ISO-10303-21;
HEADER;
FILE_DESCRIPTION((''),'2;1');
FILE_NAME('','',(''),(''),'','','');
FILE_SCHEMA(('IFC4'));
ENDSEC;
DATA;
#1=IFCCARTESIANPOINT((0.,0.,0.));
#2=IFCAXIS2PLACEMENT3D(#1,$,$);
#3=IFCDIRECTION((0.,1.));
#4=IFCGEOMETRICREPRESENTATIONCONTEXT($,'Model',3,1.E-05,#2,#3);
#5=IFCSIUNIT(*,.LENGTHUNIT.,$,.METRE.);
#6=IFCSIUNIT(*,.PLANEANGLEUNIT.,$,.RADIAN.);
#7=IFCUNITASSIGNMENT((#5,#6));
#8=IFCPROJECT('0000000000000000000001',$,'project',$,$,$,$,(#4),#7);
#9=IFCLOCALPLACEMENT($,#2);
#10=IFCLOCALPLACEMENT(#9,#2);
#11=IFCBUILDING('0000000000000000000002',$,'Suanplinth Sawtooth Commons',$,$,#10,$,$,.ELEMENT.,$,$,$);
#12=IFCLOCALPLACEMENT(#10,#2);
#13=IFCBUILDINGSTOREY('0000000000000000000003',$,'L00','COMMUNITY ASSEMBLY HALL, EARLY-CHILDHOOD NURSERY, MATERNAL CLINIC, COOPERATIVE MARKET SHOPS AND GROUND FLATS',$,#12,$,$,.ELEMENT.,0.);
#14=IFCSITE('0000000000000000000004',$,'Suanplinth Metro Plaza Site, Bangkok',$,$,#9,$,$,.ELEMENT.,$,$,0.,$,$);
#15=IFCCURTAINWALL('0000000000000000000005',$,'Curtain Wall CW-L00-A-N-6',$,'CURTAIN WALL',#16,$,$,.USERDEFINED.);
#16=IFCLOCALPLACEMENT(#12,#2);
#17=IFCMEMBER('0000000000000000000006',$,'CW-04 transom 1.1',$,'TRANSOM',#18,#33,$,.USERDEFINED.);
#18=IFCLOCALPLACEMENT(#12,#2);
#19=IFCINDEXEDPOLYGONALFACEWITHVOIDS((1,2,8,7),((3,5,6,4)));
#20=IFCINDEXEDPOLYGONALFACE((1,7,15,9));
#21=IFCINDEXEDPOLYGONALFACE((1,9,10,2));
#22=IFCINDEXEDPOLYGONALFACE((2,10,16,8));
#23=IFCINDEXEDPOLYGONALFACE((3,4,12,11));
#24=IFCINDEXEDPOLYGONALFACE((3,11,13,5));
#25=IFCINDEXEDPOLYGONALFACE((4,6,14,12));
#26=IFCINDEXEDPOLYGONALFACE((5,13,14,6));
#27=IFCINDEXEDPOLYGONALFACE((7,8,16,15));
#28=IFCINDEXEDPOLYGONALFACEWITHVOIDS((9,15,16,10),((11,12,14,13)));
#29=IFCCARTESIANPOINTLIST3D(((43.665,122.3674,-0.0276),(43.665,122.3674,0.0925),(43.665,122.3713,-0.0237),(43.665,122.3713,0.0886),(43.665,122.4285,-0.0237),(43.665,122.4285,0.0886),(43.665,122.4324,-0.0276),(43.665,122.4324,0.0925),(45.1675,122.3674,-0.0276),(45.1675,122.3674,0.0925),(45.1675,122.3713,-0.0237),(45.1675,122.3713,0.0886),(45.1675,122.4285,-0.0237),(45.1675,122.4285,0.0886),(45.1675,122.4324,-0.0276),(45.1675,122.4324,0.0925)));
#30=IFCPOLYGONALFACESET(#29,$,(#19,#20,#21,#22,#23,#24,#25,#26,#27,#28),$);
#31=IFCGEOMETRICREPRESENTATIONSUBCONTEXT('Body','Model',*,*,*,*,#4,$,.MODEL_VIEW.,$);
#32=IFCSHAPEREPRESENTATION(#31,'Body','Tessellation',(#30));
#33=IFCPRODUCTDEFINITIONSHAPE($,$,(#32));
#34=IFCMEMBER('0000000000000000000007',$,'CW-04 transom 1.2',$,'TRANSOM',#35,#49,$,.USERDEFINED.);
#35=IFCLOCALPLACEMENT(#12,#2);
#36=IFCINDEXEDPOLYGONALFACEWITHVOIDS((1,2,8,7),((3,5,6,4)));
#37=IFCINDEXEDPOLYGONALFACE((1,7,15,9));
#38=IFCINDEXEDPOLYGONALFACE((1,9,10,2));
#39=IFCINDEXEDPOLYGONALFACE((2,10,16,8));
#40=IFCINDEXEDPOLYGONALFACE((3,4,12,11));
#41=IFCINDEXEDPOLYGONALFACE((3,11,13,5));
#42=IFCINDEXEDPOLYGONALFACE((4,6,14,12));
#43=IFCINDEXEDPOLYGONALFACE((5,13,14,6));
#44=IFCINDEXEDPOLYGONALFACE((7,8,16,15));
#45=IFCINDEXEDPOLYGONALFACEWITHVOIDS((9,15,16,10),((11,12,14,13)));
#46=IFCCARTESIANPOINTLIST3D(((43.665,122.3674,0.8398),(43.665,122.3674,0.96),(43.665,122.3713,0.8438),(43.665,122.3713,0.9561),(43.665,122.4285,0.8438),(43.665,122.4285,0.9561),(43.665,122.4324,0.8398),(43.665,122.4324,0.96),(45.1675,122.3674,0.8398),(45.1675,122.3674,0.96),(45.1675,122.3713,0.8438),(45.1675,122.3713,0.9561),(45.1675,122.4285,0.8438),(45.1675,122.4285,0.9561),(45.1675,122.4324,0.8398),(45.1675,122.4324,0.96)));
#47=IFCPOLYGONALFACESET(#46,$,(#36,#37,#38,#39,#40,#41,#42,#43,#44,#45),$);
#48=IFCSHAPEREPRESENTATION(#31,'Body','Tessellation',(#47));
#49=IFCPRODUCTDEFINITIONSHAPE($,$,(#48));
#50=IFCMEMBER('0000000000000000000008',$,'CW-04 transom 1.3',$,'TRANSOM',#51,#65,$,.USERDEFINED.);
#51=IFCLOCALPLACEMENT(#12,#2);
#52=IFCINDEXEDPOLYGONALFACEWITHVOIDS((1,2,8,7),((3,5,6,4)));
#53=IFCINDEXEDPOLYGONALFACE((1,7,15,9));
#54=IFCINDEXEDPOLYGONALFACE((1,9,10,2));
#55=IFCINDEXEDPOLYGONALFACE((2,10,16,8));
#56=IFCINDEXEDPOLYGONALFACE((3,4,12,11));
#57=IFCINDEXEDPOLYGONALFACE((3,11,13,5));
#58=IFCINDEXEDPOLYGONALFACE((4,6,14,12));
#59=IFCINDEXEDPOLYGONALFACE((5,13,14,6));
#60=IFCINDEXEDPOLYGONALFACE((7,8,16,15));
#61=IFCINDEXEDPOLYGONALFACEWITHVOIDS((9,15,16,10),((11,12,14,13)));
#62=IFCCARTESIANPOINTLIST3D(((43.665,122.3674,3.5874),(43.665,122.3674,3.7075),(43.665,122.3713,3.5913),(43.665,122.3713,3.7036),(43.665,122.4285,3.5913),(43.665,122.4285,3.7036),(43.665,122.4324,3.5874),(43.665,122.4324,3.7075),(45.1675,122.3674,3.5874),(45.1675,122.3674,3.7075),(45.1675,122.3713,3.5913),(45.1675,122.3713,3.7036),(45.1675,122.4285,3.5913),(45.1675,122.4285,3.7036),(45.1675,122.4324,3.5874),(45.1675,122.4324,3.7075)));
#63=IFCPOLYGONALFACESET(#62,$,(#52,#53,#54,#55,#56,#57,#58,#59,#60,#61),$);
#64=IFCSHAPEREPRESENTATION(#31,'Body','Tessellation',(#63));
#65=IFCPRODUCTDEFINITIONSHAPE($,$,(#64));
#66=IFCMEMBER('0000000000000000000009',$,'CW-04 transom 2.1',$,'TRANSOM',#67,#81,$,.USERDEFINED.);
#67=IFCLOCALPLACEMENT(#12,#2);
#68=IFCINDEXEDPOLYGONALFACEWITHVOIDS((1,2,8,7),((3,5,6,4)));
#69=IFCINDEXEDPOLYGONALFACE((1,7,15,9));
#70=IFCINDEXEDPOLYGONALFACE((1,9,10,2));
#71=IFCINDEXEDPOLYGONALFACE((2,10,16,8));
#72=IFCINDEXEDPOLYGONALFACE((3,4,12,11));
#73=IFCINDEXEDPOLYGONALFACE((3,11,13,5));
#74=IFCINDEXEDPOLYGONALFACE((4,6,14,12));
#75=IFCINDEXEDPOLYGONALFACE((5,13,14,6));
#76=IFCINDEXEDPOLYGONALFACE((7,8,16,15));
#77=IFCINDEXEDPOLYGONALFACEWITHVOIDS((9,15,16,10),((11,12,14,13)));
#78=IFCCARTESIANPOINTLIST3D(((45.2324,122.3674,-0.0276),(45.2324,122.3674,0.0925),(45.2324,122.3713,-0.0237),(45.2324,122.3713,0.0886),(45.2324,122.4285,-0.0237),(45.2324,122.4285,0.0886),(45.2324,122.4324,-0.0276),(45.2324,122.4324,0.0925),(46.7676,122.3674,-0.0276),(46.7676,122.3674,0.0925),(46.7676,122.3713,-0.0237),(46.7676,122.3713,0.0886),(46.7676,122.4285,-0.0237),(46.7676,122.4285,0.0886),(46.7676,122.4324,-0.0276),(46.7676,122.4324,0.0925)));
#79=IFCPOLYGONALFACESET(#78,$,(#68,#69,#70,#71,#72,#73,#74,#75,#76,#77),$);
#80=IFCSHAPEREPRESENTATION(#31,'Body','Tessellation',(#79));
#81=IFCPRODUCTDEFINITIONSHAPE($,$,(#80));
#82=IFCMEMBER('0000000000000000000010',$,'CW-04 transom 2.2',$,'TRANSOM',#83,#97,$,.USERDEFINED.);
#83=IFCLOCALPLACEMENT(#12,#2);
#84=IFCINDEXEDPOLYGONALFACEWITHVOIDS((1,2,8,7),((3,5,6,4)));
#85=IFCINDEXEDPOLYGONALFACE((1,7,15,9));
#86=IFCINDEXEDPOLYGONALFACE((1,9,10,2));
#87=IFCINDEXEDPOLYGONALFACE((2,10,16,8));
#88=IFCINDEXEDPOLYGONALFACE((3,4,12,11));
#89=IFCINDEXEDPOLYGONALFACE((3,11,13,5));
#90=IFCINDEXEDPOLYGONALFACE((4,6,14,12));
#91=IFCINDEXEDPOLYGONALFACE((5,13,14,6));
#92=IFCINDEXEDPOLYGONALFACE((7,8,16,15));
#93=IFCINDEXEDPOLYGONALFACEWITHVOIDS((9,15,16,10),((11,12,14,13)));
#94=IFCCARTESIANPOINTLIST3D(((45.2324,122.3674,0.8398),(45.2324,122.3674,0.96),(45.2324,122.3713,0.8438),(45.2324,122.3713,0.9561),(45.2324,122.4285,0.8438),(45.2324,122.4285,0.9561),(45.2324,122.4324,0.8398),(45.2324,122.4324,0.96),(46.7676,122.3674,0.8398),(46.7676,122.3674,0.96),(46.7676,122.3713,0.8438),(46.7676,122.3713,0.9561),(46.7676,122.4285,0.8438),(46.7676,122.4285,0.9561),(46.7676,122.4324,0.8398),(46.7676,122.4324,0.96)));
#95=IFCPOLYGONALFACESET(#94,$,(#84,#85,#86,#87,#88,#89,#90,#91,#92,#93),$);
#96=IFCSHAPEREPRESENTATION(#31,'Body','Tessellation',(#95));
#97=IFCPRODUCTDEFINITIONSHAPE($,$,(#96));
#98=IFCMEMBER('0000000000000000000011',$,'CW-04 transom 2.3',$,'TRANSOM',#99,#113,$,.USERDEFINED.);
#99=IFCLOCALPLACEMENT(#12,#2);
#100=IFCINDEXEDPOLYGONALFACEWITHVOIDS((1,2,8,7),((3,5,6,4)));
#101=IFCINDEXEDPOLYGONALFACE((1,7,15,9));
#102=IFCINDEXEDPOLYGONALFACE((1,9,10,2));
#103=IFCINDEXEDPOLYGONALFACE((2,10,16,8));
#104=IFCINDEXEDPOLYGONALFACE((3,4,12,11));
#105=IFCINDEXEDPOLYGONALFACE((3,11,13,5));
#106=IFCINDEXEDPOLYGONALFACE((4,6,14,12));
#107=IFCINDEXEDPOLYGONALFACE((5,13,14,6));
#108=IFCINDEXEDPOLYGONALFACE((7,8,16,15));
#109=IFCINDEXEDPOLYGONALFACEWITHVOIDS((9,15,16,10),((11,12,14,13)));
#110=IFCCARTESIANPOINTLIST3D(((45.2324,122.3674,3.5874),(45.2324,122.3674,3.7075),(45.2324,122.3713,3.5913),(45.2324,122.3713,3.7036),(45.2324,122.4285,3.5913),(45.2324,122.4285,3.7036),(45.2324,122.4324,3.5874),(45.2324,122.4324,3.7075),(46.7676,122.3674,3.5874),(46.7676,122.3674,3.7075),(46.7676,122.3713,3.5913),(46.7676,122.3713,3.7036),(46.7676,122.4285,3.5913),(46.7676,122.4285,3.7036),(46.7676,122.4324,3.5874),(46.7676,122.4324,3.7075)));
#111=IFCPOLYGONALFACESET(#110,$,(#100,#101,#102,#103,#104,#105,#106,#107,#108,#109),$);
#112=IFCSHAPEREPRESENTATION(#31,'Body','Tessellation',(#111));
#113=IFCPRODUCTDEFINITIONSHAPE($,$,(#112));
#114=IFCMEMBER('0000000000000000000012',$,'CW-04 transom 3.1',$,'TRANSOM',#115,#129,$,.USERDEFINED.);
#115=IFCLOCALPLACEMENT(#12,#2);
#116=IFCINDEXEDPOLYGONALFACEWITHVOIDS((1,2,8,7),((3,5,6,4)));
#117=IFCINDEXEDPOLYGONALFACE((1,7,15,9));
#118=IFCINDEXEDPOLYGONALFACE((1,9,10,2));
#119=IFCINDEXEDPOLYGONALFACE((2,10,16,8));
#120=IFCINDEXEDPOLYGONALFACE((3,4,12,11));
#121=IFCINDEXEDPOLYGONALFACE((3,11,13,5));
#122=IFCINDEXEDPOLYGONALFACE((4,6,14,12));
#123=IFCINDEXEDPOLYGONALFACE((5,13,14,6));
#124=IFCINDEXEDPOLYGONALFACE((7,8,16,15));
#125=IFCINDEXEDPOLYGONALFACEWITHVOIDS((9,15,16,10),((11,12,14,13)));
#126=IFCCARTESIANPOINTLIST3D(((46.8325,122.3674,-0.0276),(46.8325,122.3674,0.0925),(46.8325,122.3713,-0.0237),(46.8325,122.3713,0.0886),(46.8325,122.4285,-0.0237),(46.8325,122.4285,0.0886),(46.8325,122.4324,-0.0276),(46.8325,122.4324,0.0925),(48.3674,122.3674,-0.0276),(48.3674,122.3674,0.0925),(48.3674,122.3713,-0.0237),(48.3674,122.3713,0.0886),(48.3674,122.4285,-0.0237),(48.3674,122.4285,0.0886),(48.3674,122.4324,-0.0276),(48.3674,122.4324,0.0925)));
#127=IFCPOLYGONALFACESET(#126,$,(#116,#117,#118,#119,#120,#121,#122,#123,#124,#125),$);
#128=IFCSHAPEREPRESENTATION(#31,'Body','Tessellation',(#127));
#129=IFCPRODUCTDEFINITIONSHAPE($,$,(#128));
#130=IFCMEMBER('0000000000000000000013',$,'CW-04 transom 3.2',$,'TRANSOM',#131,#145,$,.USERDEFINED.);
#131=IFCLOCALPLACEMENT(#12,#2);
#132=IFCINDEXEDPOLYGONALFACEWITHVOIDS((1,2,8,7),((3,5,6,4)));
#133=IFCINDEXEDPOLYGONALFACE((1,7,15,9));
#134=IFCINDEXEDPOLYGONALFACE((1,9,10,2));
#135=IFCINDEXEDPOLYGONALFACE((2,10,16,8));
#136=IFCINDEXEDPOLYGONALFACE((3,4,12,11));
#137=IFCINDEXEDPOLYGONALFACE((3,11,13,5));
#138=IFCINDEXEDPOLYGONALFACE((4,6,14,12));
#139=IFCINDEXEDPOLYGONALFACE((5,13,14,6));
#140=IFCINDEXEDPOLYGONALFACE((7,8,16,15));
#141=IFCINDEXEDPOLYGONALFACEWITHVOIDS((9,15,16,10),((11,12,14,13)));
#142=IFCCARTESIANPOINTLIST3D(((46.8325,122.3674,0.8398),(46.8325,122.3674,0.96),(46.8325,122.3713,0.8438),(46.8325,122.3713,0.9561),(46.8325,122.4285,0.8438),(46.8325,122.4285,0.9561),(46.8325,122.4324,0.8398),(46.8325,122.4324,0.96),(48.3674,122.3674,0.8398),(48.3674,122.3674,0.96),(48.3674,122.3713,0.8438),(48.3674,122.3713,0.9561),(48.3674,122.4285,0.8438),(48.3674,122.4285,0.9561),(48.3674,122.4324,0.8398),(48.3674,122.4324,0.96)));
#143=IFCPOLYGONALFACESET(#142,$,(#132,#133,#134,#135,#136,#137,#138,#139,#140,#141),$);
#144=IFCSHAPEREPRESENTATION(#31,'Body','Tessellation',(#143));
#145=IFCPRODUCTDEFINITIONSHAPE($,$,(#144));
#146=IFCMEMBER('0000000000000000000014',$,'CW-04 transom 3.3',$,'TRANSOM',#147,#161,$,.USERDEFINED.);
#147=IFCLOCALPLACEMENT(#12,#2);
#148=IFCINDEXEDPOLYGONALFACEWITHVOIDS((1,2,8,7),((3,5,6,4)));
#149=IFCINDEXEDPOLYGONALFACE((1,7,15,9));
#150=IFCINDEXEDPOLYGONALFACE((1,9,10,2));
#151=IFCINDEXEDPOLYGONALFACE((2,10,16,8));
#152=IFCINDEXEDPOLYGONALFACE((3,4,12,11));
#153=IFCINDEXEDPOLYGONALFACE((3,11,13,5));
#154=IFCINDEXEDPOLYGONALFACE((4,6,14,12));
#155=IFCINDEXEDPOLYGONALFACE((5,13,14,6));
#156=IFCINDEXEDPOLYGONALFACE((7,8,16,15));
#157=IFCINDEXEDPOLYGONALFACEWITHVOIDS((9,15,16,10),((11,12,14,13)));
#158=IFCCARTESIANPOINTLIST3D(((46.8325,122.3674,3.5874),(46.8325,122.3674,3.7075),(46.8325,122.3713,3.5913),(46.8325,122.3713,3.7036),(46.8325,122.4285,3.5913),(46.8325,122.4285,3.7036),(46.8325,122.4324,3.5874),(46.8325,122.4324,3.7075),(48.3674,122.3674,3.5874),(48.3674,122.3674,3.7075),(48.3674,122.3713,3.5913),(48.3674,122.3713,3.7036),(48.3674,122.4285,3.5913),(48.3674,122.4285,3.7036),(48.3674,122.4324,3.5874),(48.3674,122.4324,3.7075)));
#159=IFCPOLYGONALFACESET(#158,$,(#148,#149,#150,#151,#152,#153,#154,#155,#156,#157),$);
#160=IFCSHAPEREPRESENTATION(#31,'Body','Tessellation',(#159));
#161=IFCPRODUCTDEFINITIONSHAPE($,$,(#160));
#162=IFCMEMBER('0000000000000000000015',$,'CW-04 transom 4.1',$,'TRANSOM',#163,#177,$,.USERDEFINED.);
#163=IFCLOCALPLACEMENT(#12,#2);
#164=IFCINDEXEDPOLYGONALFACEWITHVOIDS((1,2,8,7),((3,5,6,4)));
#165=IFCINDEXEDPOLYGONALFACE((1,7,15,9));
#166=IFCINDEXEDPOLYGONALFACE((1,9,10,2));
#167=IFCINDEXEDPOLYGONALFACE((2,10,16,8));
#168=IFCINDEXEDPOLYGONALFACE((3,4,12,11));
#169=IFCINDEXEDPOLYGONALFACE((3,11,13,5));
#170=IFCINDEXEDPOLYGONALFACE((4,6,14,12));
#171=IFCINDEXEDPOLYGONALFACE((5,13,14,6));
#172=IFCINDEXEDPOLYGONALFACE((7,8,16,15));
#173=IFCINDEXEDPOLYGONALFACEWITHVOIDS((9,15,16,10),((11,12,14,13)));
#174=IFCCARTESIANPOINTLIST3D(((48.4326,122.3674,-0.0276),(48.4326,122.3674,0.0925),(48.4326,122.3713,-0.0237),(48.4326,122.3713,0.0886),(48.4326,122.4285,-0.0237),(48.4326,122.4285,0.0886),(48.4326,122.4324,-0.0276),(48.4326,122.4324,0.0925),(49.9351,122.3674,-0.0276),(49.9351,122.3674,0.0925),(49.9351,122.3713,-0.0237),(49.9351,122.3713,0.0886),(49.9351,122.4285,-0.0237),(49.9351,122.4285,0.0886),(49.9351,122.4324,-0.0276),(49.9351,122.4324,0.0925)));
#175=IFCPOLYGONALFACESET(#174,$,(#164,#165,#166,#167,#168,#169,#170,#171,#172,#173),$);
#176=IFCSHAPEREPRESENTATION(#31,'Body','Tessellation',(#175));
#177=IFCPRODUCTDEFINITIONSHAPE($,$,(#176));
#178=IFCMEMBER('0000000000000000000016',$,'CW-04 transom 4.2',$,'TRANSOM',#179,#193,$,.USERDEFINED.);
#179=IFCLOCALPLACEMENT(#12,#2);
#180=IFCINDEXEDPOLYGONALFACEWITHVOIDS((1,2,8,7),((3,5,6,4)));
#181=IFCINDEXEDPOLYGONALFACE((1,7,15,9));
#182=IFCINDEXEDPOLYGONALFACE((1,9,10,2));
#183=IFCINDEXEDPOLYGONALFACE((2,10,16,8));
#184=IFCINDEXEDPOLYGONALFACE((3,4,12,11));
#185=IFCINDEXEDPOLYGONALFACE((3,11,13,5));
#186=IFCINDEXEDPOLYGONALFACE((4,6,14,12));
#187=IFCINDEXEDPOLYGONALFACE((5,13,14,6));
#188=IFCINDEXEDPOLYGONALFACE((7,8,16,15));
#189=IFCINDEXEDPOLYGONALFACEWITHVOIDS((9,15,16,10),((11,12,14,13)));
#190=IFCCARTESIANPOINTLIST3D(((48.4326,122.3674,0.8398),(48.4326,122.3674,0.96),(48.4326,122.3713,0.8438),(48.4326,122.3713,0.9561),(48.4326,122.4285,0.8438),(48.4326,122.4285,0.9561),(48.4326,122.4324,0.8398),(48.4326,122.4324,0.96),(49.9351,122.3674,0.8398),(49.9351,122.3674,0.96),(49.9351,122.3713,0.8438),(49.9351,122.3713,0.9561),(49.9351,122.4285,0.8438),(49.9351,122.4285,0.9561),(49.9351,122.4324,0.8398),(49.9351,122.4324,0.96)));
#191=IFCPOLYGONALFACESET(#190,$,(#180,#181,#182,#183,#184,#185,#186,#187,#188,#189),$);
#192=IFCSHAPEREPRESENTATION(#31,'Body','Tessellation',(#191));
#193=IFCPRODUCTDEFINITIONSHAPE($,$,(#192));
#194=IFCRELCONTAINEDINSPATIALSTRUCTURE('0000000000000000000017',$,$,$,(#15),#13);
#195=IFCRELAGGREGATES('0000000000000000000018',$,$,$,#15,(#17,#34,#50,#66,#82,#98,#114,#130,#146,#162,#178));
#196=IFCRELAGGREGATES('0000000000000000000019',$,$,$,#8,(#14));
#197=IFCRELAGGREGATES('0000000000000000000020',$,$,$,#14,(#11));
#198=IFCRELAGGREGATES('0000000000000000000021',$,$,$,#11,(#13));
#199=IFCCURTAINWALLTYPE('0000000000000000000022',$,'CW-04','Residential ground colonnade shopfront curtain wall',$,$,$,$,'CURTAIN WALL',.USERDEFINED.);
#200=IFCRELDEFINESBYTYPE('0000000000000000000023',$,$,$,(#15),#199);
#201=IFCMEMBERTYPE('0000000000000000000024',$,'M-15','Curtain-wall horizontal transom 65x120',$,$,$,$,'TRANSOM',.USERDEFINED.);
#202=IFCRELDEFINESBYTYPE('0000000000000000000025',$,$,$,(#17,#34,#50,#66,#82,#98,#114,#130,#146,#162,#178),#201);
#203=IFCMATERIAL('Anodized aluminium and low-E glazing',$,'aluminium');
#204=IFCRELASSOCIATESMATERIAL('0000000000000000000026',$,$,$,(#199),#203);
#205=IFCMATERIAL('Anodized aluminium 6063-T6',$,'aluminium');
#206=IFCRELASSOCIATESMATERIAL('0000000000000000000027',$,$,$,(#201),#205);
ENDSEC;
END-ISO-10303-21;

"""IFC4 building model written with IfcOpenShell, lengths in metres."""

from ifc_helpers import new_model, si_unit, direction, frame, origin, origin_2d, place, context, subcontext, project, spatial, hollow_rectangle, extrude, material, material_profile, profile_set, type_object, element, aggregate, save


model = new_model("IFC4")

# Units and contexts
model_context = context("Model", 3, precision=1e-05, world=origin(), true_north=direction((0.0, 1.0)))
body_context = subcontext(model_context, "Body", "Model", "MODEL_VIEW")
ifc_project = project(units=[si_unit("LENGTHUNIT", "METRE"), si_unit("PLANEANGLEUNIT", "RADIAN")], contexts=[model_context])

# Site, building, storey
site_placement = place(None, origin())
site = spatial("IfcSite", under=ifc_project, at=site_placement, Name="Suanplinth Metro Plaza Site, Bangkok", CompositionType="ELEMENT", RefElevation=0.0)
building_placement = place(site_placement, origin())
building = spatial("IfcBuilding", under=site, at=building_placement, Name="Suanplinth Sawtooth Commons", CompositionType="ELEMENT")
storey_placement = place(building_placement, origin())
storey = spatial("IfcBuildingStorey", under=building, at=storey_placement, Name="L00", Description="COMMUNITY ASSEMBLY HALL, EARLY-CHILDHOOD NURSERY, MATERNAL CLINIC, COOPERATIVE MARKET SHOPS AND GROUND FLATS", CompositionType="ELEMENT", Elevation=0.0)

# Curtain wall, members
ifc_material_1 = material(Name="Anodized aluminium and low-E glazing", Category="aluminium")
curtain_wall_type = type_object("IfcCurtainWallType", Name="CW-04", Description="Residential ground colonnade shopfront curtain wall", ElementType="CURTAIN WALL", PredefinedType="USERDEFINED", material=ifc_material_1)
curtain_wall_placement = place(storey_placement, origin())
curtain_wall = element("IfcCurtainWall", 1, at=curtain_wall_placement, inside=storey, type_object=curtain_wall_type, Name="Curtain Wall CW-L00-A-N-6", ObjectType="CURTAIN WALL", PredefinedType="USERDEFINED")
ifc_material_2 = material(Name="Anodized aluminium 6063-T6", Category="aluminium")
ifc_material_profile_1 = material_profile(ifc_material_2, hollow_rectangle(XDim=0.0649, YDim=0.1201, WallThickness=0.0039, at=origin_2d()), Name="ALU-TRN 65x120")
ifc_profile_set_1 = profile_set([ifc_material_profile_1], Name="Anodized aluminium 6063-T6")
member_type_1 = type_object("IfcMemberType", Name="M-15", Description="Curtain-wall horizontal transom 65x120", ElementType="TRANSOM", PredefinedType="USERDEFINED", material=ifc_profile_set_1)
member_1_placement = place(storey_placement, frame((43.665, 122.3999, 0.0325), z_axis=(1.0, 0.0, 0.0), x_axis=(0.0, 1.0, 0.0)))
member_1 = element("IfcMember", 2, at=member_1_placement, type_object=member_type_1, Name="CW-04 transom 1.1", ObjectType="TRANSOM", PredefinedType="USERDEFINED", context=body_context, shape_type="SweptSolid", body=[
    extrude(hollow_rectangle(XDim=0.0649, YDim=0.1201, WallThickness=0.0039, at=origin_2d()), origin(), (0.0, 0.0, 1.0), 1.5024),
])
member_2_placement = place(storey_placement, frame((43.665, 122.3999, 0.8999), z_axis=(1.0, 0.0, 0.0), x_axis=(0.0, 1.0, 0.0)))
member_2 = element("IfcMember", 3, at=member_2_placement, type_object=member_type_1, Name="CW-04 transom 1.2", ObjectType="TRANSOM", PredefinedType="USERDEFINED", context=body_context, shape_type="SweptSolid", body=[
    extrude(hollow_rectangle(XDim=0.0649, YDim=0.1201, WallThickness=0.0039, at=origin_2d()), origin(), (0.0, 0.0, 1.0), 1.5024),
])
member_3_placement = place(storey_placement, frame((43.665, 122.3999, 3.6475), z_axis=(1.0, 0.0, 0.0), x_axis=(0.0, 1.0, 0.0)))
member_3 = element("IfcMember", 4, at=member_3_placement, type_object=member_type_1, Name="CW-04 transom 1.3", ObjectType="TRANSOM", PredefinedType="USERDEFINED", context=body_context, shape_type="SweptSolid", body=[
    extrude(hollow_rectangle(XDim=0.0649, YDim=0.1201, WallThickness=0.0039, at=origin_2d()), origin(), (0.0, 0.0, 1.0), 1.5024),
])
member_4_placement = place(storey_placement, frame((45.2324, 122.3999, 0.0325), z_axis=(1.0, 0.0, 0.0), x_axis=(0.0, 1.0, 0.0)))
member_4 = element("IfcMember", 5, at=member_4_placement, type_object=member_type_1, Name="CW-04 transom 2.1", ObjectType="TRANSOM", PredefinedType="USERDEFINED", context=body_context, shape_type="SweptSolid", body=[
    extrude(hollow_rectangle(XDim=0.0649, YDim=0.1201, WallThickness=0.0039, at=origin_2d()), origin(), (0.0, 0.0, 1.0), 1.5352),
])
member_5_placement = place(storey_placement, frame((45.2324, 122.3999, 0.8999), z_axis=(1.0, 0.0, 0.0), x_axis=(0.0, 1.0, 0.0)))
member_5 = element("IfcMember", 6, at=member_5_placement, type_object=member_type_1, Name="CW-04 transom 2.2", ObjectType="TRANSOM", PredefinedType="USERDEFINED", context=body_context, shape_type="SweptSolid", body=[
    extrude(hollow_rectangle(XDim=0.0649, YDim=0.1201, WallThickness=0.0039, at=origin_2d()), origin(), (0.0, 0.0, 1.0), 1.5352),
])
member_6_placement = place(storey_placement, frame((45.2324, 122.3999, 3.6475), z_axis=(1.0, 0.0, 0.0), x_axis=(0.0, 1.0, 0.0)))
member_6 = element("IfcMember", 7, at=member_6_placement, type_object=member_type_1, Name="CW-04 transom 2.3", ObjectType="TRANSOM", PredefinedType="USERDEFINED", context=body_context, shape_type="SweptSolid", body=[
    extrude(hollow_rectangle(XDim=0.0649, YDim=0.1201, WallThickness=0.0039, at=origin_2d()), origin(), (0.0, 0.0, 1.0), 1.5352),
])
member_7_placement = place(storey_placement, frame((46.8325, 122.3999, 0.0325), z_axis=(1.0, 0.0, 0.0), x_axis=(0.0, 1.0, 0.0)))
member_7 = element("IfcMember", 8, at=member_7_placement, type_object=member_type_1, Name="CW-04 transom 3.1", ObjectType="TRANSOM", PredefinedType="USERDEFINED", context=body_context, shape_type="SweptSolid", body=[
    extrude(hollow_rectangle(XDim=0.0649, YDim=0.1201, WallThickness=0.0039, at=origin_2d()), origin(), (0.0, 0.0, 1.0), 1.5349),
])
member_8_placement = place(storey_placement, frame((46.8325, 122.3999, 0.8999), z_axis=(1.0, 0.0, 0.0), x_axis=(0.0, 1.0, 0.0)))
member_8 = element("IfcMember", 9, at=member_8_placement, type_object=member_type_1, Name="CW-04 transom 3.2", ObjectType="TRANSOM", PredefinedType="USERDEFINED", context=body_context, shape_type="SweptSolid", body=[
    extrude(hollow_rectangle(XDim=0.0649, YDim=0.1201, WallThickness=0.0039, at=origin_2d()), origin(), (0.0, 0.0, 1.0), 1.5349),
])
member_9_placement = place(storey_placement, frame((46.8325, 122.3999, 3.6475), z_axis=(1.0, 0.0, 0.0), x_axis=(0.0, 1.0, 0.0)))
member_9 = element("IfcMember", 10, at=member_9_placement, type_object=member_type_1, Name="CW-04 transom 3.3", ObjectType="TRANSOM", PredefinedType="USERDEFINED", context=body_context, shape_type="SweptSolid", body=[
    extrude(hollow_rectangle(XDim=0.0649, YDim=0.1201, WallThickness=0.0039, at=origin_2d()), origin(), (0.0, 0.0, 1.0), 1.5349),
])
member_10_placement = place(storey_placement, frame((48.4326, 122.3999, 0.0325), z_axis=(1.0, 0.0, 0.0), x_axis=(0.0, 1.0, 0.0)))
member_10 = element("IfcMember", 11, at=member_10_placement, type_object=member_type_1, Name="CW-04 transom 4.1", ObjectType="TRANSOM", PredefinedType="USERDEFINED", context=body_context, shape_type="SweptSolid", body=[
    extrude(hollow_rectangle(XDim=0.0649, YDim=0.1201, WallThickness=0.0039, at=origin_2d()), origin(), (0.0, 0.0, 1.0), 1.5024),
])
member_11_placement = place(storey_placement, frame((48.4326, 122.3999, 0.8999), z_axis=(1.0, 0.0, 0.0), x_axis=(0.0, 1.0, 0.0)))
member_11 = element("IfcMember", 12, at=member_11_placement, type_object=member_type_1, Name="CW-04 transom 4.2", ObjectType="TRANSOM", PredefinedType="USERDEFINED", context=body_context, shape_type="SweptSolid", body=[
    extrude(hollow_rectangle(XDim=0.0649, YDim=0.1201, WallThickness=0.0039, at=origin_2d()), origin(), (0.0, 0.0, 1.0), 1.5024),
])
aggregate(curtain_wall, [member_1, member_2, member_3, member_4, member_5, member_6, member_7, member_8, member_9, member_10, member_11])

save(model, "model.ifc")
